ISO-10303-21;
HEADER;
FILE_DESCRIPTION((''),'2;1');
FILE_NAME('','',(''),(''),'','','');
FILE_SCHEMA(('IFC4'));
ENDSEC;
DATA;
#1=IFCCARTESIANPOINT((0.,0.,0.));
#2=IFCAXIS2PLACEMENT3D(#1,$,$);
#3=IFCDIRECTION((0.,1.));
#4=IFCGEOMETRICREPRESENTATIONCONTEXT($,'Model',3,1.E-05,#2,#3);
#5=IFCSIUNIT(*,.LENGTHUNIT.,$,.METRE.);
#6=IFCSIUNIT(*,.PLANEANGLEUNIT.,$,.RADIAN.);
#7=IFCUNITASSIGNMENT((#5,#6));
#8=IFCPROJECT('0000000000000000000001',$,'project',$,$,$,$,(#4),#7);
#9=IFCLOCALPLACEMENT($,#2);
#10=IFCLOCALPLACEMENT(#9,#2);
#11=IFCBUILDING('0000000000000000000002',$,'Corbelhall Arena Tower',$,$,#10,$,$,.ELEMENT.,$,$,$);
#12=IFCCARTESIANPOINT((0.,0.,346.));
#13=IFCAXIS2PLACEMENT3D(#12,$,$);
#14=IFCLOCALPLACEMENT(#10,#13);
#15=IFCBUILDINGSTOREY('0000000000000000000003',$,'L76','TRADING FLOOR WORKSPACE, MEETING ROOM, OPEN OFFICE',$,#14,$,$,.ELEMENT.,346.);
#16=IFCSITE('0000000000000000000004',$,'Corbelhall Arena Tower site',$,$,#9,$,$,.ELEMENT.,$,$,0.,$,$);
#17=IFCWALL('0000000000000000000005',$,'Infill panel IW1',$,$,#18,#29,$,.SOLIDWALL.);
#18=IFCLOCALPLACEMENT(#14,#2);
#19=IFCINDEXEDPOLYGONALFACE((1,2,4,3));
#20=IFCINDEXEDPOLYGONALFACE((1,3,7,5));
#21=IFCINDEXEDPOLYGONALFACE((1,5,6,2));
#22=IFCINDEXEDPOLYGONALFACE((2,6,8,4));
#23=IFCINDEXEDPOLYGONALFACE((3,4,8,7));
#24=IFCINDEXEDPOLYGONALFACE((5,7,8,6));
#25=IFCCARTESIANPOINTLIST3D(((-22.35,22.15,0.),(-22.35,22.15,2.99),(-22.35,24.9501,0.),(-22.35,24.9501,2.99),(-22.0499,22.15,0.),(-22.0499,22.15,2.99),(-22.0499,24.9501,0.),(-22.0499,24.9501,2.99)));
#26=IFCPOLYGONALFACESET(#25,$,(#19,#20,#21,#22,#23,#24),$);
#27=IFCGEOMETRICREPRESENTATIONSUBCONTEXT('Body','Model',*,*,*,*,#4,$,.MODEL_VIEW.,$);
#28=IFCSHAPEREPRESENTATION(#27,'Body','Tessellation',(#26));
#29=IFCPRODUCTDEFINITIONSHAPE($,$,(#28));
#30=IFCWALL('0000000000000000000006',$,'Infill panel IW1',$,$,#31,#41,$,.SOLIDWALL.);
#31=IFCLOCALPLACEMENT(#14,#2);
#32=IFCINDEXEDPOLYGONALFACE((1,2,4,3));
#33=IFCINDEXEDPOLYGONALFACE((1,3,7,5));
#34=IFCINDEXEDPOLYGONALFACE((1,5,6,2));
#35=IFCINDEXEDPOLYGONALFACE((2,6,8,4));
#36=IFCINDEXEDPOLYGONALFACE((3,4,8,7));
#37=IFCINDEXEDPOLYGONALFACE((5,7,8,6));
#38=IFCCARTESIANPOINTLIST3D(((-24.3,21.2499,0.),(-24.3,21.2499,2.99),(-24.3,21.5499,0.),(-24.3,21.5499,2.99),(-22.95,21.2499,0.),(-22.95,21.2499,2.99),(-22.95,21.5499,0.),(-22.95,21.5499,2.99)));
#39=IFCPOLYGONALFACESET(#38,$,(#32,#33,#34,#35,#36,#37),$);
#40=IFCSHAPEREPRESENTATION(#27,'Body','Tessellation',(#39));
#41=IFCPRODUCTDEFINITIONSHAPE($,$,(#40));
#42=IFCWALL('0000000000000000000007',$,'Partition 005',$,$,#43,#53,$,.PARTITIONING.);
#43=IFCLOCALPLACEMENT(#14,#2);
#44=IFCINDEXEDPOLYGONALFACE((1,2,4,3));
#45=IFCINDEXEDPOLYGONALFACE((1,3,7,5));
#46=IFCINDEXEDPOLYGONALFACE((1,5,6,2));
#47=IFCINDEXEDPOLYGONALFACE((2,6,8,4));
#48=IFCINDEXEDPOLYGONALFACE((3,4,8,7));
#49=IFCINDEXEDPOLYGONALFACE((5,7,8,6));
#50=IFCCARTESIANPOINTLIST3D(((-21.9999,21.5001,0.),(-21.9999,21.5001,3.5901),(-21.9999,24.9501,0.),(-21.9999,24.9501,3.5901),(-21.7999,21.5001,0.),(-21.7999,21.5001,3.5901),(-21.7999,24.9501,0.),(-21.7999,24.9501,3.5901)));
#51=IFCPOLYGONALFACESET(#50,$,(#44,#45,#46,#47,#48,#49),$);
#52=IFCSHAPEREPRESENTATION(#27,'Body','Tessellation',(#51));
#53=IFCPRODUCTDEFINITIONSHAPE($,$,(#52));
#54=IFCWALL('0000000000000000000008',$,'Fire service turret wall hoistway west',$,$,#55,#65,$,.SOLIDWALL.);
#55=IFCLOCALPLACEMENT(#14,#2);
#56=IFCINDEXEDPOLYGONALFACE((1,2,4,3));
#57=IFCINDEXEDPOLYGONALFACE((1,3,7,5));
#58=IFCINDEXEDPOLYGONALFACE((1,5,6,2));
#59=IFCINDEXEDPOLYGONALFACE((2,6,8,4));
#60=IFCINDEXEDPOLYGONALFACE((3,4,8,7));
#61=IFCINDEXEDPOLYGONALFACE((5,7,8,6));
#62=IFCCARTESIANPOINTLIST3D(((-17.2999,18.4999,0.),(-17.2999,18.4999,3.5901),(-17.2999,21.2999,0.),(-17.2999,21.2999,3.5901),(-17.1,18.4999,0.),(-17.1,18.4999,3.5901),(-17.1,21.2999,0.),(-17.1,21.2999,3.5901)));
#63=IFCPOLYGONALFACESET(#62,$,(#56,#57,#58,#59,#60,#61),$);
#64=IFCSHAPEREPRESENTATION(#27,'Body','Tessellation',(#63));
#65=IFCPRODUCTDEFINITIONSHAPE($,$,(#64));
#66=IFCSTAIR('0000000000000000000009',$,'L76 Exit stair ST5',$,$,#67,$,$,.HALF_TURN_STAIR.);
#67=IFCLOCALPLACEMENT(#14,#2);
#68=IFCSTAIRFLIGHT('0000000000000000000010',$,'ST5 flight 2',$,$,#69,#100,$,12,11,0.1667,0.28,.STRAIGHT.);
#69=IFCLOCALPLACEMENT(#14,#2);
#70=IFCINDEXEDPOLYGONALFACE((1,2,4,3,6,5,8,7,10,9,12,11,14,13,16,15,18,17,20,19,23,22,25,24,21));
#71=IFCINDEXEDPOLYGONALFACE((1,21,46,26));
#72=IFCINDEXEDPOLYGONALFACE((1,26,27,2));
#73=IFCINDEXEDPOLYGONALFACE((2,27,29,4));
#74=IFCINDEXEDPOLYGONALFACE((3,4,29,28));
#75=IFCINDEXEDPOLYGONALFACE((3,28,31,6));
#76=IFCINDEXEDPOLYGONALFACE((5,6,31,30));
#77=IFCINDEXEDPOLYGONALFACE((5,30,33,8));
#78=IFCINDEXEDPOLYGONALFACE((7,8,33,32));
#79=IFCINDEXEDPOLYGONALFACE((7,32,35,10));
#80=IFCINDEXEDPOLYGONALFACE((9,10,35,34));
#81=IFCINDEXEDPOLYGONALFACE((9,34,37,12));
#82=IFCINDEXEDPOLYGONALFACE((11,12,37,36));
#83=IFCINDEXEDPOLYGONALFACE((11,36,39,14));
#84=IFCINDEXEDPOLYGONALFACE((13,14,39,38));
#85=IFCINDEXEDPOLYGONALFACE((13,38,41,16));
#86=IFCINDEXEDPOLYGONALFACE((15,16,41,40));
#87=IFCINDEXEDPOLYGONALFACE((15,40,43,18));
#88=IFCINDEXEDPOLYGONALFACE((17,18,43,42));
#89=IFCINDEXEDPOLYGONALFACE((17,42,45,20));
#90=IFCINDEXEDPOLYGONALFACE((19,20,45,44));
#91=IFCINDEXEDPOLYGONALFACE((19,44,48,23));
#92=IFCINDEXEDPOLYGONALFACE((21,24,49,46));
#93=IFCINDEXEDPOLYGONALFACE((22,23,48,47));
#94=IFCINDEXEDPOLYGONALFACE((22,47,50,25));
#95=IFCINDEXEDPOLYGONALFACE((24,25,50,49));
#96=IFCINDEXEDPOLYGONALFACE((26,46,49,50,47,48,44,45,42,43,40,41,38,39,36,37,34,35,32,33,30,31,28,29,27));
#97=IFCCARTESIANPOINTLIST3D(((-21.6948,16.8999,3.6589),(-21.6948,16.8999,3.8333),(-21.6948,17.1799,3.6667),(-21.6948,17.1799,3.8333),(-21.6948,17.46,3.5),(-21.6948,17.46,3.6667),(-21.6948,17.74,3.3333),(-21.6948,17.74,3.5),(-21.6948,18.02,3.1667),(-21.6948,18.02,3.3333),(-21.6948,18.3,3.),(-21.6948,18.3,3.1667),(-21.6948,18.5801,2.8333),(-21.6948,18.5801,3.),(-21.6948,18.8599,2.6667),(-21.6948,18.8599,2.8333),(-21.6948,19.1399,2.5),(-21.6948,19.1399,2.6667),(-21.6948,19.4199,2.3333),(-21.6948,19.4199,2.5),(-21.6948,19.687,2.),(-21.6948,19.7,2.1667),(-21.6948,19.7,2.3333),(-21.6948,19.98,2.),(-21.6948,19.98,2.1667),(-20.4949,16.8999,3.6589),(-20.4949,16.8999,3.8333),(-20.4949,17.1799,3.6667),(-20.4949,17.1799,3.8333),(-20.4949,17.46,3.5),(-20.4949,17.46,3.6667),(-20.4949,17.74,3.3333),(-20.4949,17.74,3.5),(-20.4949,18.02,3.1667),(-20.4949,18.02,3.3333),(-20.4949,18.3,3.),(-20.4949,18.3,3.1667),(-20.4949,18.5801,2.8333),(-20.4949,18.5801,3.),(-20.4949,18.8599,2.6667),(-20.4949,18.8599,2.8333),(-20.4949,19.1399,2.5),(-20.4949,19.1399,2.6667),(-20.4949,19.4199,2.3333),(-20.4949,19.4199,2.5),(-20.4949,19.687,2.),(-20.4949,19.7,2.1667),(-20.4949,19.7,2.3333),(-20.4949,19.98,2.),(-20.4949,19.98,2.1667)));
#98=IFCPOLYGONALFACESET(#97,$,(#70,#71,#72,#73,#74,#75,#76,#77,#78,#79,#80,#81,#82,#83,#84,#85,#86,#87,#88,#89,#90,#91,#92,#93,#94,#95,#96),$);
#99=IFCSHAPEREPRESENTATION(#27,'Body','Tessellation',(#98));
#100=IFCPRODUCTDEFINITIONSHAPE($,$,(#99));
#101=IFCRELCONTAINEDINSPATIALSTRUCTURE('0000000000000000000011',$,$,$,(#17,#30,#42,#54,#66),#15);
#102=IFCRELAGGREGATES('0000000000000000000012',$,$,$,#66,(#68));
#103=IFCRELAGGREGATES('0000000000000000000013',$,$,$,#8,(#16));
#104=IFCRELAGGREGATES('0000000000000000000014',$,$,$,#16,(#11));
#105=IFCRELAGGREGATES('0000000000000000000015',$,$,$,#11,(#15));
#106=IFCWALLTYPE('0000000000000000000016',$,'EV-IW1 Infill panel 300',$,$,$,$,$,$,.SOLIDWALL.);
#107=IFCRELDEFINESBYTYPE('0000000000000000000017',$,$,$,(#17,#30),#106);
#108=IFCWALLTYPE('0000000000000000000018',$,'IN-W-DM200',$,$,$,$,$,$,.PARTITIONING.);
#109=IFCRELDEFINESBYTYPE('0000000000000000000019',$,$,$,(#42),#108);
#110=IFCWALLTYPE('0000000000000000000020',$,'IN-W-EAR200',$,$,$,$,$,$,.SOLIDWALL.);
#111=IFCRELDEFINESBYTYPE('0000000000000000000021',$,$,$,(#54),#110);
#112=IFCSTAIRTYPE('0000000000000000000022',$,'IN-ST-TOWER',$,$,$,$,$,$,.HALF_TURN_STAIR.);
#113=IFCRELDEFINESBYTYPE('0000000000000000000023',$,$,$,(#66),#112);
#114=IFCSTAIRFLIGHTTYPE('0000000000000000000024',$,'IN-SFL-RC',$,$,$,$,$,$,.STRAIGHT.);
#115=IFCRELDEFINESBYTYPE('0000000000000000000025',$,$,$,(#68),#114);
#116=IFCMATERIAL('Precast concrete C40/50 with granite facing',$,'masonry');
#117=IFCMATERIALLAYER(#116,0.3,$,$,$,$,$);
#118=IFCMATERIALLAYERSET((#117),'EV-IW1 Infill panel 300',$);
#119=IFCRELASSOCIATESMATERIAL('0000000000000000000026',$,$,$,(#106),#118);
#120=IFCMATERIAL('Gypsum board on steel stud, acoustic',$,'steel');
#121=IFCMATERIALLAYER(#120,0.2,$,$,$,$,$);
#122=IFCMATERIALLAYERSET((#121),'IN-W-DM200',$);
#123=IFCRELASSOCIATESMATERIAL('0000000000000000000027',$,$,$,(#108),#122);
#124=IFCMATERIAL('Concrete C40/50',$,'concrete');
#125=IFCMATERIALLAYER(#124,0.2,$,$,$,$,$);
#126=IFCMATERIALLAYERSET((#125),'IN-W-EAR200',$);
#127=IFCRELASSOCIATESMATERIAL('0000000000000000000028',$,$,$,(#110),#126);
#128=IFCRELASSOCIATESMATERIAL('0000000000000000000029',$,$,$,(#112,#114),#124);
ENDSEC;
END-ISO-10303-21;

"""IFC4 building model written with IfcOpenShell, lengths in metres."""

from ifc_helpers import new_model, si_unit, direction, frame, frame_2d, origin, place, context, subcontext, project, spatial, polyline, rectangle, outline, extrude, material, layer, layer_set, type_object, element, aggregate, save


model = new_model("IFC4")

# Units and contexts
model_context = context("Model", 3, precision=1e-05, world=origin(), true_north=direction((0.0, 1.0)))
body_context = subcontext(model_context, "Body", "Model", "MODEL_VIEW")
ifc_project = project(units=[si_unit("LENGTHUNIT", "METRE"), si_unit("PLANEANGLEUNIT", "RADIAN")], contexts=[model_context])

# Site, building, storey
site_placement = place(None, origin())
site = spatial("IfcSite", under=ifc_project, at=site_placement, Name="Corbelhall Arena Tower site", CompositionType="ELEMENT", RefElevation=0.0)
building_placement = place(site_placement, origin())
building = spatial("IfcBuilding", under=site, at=building_placement, Name="Corbelhall Arena Tower", CompositionType="ELEMENT")
storey_placement = place(building_placement, frame((0.0, 0.0, 346.0)))
storey = spatial("IfcBuildingStorey", under=building, at=storey_placement, Name="L76", Description="TRADING FLOOR WORKSPACE, MEETING ROOM, OPEN OFFICE", CompositionType="ELEMENT", Elevation=346.0)

# Shared definitions
ifc_material_1 = material(Name="Precast concrete C40/50 with granite facing", Category="masonry")
ifc_layer_1 = layer(ifc_material_1, 0.3)
ifc_layer_set_1 = layer_set([ifc_layer_1], Name="EV-IW1 Infill panel 300")
wall_type_1 = type_object("IfcWallType", Name="EV-IW1 Infill panel 300", PredefinedType="SOLIDWALL", material=ifc_layer_set_1)

# Walls
wall_1_placement = place(storey_placement, frame((-22.2, 24.95, 0.0), z_axis=(0.0, 0.0, 1.0), x_axis=(0.0, -1.0, 0.0)))
element("IfcWall", 1, at=wall_1_placement, inside=storey, type_object=wall_type_1, Name="Infill panel IW1", PredefinedType="SOLIDWALL", context=body_context, shape_type="SweptSolid", body=[
    extrude(rectangle(XDim=2.8, YDim=0.3, at=frame_2d((1.3999, 0.0))), origin(), (0.0, 0.0, 1.0), 2.99),
])
wall_2_placement = place(storey_placement, frame((-22.95, 21.3999, 0.0), z_axis=(0.0, 0.0, 1.0), x_axis=(-1.0, 0.0, 0.0)))
element("IfcWall", 2, at=wall_2_placement, inside=storey, type_object=wall_type_1, Name="Infill panel IW1", PredefinedType="SOLIDWALL", context=body_context, shape_type="SweptSolid", body=[
    extrude(rectangle(XDim=1.3501, YDim=0.3, at=frame_2d((0.675, 0.0))), origin(), (0.0, 0.0, 1.0), 2.99),
])
ifc_material_2 = material(Name="Gypsum board on steel stud, acoustic", Category="steel")
ifc_layer_2 = layer(ifc_material_2, 0.2)
ifc_layer_set_2 = layer_set([ifc_layer_2], Name="IN-W-DM200")
wall_type_2 = type_object("IfcWallType", Name="IN-W-DM200", PredefinedType="PARTITIONING", material=ifc_layer_set_2)
wall_3_placement = place(storey_placement, frame((-21.8999, 21.5, 0.0), z_axis=(0.0, 0.0, 1.0), x_axis=(0.0, 1.0, 0.0)))
element("IfcWall", 3, at=wall_3_placement, inside=storey, type_object=wall_type_2, Name="Partition 005", PredefinedType="PARTITIONING", context=body_context, shape_type="SweptSolid", body=[
    extrude(rectangle(XDim=3.45, YDim=0.2, at=frame_2d((1.7251, 0.0))), origin(), (0.0, 0.0, 1.0), 3.5901),
])

# Shared definitions
ifc_material_3 = material(Name="Concrete C40/50", Category="concrete")
ifc_layer_3 = layer(ifc_material_3, 0.2)
ifc_layer_set_3 = layer_set([ifc_layer_3], Name="IN-W-EAR200")
wall_type_3 = type_object("IfcWallType", Name="IN-W-EAR200", PredefinedType="SOLIDWALL", material=ifc_layer_set_3)

# Wall
wall_4_placement = place(storey_placement, frame((-17.2, 18.5, 0.0), z_axis=(0.0, 0.0, 1.0), x_axis=(0.0, 1.0, 0.0)))
element("IfcWall", 4, at=wall_4_placement, inside=storey, type_object=wall_type_3, Name="Fire service turret wall hoistway west", PredefinedType="SOLIDWALL", context=body_context, shape_type="SweptSolid", body=[
    extrude(rectangle(XDim=2.8, YDim=0.2, at=frame_2d((1.3999, 0.0))), origin(), (0.0, 0.0, 1.0), 3.5901),
])

# Stair, stair flight
stair_type = type_object("IfcStairType", Name="IN-ST-TOWER", PredefinedType="HALF_TURN_STAIR", material=ifc_material_3)
stair_placement = place(storey_placement, origin())
stair = element("IfcStair", 5, at=stair_placement, inside=storey, type_object=stair_type, Name="L76 Exit stair ST5", PredefinedType="HALF_TURN_STAIR")
stair_flight_type = type_object("IfcStairFlightType", Name="IN-SFL-RC", PredefinedType="STRAIGHT", material=ifc_material_3)
stair_flight_placement = place(storey_placement, frame((-21.095, 19.98, 2.0), z_axis=(0.0, 0.0, 1.0), x_axis=(0.0, -1.0, 0.0)))
stair_flight = element("IfcStairFlight", 6, at=stair_flight_placement, type_object=stair_flight_type, Name="ST5 flight 2", NumberOfRisers=12, NumberOfTreads=11, PredefinedType="STRAIGHT", RiserHeight=0.1667, TreadLength=0.28, context=body_context, shape_type="SweptSolid", body=[
    extrude(outline(polyline([(0.0, 0.0), (0.0, 0.1667), (0.28, 0.1667), (0.28, 0.3333), (0.5601, 0.3333), (0.5601, 0.5), (0.8401, 0.5), (0.8401, 0.6667), (1.1201, 0.6667), (1.1201, 0.8333), (1.3999, 0.8333), (1.3999, 1.0), (1.6799, 1.0), (1.6799, 1.1667), (1.96, 1.1667), (1.96, 1.3333), (2.24, 1.3333), (2.24, 1.5), (2.52, 1.5), (2.52, 1.6667), (2.8, 1.6667), (2.8, 1.8333), (3.0801, 1.8333), (3.0801, 2.0), (3.0801, 1.6589), (0.293, 0.0), (0.0, 0.0)])), frame((0.0, 0.6001, 0.0), z_axis=(0.0, -1.0, 0.0), x_axis=(1.0, 0.0, 0.0)), (0.0, 0.0, 1.0), 1.2),
])
aggregate(stair, [stair_flight])

save(model, "model.ifc")
